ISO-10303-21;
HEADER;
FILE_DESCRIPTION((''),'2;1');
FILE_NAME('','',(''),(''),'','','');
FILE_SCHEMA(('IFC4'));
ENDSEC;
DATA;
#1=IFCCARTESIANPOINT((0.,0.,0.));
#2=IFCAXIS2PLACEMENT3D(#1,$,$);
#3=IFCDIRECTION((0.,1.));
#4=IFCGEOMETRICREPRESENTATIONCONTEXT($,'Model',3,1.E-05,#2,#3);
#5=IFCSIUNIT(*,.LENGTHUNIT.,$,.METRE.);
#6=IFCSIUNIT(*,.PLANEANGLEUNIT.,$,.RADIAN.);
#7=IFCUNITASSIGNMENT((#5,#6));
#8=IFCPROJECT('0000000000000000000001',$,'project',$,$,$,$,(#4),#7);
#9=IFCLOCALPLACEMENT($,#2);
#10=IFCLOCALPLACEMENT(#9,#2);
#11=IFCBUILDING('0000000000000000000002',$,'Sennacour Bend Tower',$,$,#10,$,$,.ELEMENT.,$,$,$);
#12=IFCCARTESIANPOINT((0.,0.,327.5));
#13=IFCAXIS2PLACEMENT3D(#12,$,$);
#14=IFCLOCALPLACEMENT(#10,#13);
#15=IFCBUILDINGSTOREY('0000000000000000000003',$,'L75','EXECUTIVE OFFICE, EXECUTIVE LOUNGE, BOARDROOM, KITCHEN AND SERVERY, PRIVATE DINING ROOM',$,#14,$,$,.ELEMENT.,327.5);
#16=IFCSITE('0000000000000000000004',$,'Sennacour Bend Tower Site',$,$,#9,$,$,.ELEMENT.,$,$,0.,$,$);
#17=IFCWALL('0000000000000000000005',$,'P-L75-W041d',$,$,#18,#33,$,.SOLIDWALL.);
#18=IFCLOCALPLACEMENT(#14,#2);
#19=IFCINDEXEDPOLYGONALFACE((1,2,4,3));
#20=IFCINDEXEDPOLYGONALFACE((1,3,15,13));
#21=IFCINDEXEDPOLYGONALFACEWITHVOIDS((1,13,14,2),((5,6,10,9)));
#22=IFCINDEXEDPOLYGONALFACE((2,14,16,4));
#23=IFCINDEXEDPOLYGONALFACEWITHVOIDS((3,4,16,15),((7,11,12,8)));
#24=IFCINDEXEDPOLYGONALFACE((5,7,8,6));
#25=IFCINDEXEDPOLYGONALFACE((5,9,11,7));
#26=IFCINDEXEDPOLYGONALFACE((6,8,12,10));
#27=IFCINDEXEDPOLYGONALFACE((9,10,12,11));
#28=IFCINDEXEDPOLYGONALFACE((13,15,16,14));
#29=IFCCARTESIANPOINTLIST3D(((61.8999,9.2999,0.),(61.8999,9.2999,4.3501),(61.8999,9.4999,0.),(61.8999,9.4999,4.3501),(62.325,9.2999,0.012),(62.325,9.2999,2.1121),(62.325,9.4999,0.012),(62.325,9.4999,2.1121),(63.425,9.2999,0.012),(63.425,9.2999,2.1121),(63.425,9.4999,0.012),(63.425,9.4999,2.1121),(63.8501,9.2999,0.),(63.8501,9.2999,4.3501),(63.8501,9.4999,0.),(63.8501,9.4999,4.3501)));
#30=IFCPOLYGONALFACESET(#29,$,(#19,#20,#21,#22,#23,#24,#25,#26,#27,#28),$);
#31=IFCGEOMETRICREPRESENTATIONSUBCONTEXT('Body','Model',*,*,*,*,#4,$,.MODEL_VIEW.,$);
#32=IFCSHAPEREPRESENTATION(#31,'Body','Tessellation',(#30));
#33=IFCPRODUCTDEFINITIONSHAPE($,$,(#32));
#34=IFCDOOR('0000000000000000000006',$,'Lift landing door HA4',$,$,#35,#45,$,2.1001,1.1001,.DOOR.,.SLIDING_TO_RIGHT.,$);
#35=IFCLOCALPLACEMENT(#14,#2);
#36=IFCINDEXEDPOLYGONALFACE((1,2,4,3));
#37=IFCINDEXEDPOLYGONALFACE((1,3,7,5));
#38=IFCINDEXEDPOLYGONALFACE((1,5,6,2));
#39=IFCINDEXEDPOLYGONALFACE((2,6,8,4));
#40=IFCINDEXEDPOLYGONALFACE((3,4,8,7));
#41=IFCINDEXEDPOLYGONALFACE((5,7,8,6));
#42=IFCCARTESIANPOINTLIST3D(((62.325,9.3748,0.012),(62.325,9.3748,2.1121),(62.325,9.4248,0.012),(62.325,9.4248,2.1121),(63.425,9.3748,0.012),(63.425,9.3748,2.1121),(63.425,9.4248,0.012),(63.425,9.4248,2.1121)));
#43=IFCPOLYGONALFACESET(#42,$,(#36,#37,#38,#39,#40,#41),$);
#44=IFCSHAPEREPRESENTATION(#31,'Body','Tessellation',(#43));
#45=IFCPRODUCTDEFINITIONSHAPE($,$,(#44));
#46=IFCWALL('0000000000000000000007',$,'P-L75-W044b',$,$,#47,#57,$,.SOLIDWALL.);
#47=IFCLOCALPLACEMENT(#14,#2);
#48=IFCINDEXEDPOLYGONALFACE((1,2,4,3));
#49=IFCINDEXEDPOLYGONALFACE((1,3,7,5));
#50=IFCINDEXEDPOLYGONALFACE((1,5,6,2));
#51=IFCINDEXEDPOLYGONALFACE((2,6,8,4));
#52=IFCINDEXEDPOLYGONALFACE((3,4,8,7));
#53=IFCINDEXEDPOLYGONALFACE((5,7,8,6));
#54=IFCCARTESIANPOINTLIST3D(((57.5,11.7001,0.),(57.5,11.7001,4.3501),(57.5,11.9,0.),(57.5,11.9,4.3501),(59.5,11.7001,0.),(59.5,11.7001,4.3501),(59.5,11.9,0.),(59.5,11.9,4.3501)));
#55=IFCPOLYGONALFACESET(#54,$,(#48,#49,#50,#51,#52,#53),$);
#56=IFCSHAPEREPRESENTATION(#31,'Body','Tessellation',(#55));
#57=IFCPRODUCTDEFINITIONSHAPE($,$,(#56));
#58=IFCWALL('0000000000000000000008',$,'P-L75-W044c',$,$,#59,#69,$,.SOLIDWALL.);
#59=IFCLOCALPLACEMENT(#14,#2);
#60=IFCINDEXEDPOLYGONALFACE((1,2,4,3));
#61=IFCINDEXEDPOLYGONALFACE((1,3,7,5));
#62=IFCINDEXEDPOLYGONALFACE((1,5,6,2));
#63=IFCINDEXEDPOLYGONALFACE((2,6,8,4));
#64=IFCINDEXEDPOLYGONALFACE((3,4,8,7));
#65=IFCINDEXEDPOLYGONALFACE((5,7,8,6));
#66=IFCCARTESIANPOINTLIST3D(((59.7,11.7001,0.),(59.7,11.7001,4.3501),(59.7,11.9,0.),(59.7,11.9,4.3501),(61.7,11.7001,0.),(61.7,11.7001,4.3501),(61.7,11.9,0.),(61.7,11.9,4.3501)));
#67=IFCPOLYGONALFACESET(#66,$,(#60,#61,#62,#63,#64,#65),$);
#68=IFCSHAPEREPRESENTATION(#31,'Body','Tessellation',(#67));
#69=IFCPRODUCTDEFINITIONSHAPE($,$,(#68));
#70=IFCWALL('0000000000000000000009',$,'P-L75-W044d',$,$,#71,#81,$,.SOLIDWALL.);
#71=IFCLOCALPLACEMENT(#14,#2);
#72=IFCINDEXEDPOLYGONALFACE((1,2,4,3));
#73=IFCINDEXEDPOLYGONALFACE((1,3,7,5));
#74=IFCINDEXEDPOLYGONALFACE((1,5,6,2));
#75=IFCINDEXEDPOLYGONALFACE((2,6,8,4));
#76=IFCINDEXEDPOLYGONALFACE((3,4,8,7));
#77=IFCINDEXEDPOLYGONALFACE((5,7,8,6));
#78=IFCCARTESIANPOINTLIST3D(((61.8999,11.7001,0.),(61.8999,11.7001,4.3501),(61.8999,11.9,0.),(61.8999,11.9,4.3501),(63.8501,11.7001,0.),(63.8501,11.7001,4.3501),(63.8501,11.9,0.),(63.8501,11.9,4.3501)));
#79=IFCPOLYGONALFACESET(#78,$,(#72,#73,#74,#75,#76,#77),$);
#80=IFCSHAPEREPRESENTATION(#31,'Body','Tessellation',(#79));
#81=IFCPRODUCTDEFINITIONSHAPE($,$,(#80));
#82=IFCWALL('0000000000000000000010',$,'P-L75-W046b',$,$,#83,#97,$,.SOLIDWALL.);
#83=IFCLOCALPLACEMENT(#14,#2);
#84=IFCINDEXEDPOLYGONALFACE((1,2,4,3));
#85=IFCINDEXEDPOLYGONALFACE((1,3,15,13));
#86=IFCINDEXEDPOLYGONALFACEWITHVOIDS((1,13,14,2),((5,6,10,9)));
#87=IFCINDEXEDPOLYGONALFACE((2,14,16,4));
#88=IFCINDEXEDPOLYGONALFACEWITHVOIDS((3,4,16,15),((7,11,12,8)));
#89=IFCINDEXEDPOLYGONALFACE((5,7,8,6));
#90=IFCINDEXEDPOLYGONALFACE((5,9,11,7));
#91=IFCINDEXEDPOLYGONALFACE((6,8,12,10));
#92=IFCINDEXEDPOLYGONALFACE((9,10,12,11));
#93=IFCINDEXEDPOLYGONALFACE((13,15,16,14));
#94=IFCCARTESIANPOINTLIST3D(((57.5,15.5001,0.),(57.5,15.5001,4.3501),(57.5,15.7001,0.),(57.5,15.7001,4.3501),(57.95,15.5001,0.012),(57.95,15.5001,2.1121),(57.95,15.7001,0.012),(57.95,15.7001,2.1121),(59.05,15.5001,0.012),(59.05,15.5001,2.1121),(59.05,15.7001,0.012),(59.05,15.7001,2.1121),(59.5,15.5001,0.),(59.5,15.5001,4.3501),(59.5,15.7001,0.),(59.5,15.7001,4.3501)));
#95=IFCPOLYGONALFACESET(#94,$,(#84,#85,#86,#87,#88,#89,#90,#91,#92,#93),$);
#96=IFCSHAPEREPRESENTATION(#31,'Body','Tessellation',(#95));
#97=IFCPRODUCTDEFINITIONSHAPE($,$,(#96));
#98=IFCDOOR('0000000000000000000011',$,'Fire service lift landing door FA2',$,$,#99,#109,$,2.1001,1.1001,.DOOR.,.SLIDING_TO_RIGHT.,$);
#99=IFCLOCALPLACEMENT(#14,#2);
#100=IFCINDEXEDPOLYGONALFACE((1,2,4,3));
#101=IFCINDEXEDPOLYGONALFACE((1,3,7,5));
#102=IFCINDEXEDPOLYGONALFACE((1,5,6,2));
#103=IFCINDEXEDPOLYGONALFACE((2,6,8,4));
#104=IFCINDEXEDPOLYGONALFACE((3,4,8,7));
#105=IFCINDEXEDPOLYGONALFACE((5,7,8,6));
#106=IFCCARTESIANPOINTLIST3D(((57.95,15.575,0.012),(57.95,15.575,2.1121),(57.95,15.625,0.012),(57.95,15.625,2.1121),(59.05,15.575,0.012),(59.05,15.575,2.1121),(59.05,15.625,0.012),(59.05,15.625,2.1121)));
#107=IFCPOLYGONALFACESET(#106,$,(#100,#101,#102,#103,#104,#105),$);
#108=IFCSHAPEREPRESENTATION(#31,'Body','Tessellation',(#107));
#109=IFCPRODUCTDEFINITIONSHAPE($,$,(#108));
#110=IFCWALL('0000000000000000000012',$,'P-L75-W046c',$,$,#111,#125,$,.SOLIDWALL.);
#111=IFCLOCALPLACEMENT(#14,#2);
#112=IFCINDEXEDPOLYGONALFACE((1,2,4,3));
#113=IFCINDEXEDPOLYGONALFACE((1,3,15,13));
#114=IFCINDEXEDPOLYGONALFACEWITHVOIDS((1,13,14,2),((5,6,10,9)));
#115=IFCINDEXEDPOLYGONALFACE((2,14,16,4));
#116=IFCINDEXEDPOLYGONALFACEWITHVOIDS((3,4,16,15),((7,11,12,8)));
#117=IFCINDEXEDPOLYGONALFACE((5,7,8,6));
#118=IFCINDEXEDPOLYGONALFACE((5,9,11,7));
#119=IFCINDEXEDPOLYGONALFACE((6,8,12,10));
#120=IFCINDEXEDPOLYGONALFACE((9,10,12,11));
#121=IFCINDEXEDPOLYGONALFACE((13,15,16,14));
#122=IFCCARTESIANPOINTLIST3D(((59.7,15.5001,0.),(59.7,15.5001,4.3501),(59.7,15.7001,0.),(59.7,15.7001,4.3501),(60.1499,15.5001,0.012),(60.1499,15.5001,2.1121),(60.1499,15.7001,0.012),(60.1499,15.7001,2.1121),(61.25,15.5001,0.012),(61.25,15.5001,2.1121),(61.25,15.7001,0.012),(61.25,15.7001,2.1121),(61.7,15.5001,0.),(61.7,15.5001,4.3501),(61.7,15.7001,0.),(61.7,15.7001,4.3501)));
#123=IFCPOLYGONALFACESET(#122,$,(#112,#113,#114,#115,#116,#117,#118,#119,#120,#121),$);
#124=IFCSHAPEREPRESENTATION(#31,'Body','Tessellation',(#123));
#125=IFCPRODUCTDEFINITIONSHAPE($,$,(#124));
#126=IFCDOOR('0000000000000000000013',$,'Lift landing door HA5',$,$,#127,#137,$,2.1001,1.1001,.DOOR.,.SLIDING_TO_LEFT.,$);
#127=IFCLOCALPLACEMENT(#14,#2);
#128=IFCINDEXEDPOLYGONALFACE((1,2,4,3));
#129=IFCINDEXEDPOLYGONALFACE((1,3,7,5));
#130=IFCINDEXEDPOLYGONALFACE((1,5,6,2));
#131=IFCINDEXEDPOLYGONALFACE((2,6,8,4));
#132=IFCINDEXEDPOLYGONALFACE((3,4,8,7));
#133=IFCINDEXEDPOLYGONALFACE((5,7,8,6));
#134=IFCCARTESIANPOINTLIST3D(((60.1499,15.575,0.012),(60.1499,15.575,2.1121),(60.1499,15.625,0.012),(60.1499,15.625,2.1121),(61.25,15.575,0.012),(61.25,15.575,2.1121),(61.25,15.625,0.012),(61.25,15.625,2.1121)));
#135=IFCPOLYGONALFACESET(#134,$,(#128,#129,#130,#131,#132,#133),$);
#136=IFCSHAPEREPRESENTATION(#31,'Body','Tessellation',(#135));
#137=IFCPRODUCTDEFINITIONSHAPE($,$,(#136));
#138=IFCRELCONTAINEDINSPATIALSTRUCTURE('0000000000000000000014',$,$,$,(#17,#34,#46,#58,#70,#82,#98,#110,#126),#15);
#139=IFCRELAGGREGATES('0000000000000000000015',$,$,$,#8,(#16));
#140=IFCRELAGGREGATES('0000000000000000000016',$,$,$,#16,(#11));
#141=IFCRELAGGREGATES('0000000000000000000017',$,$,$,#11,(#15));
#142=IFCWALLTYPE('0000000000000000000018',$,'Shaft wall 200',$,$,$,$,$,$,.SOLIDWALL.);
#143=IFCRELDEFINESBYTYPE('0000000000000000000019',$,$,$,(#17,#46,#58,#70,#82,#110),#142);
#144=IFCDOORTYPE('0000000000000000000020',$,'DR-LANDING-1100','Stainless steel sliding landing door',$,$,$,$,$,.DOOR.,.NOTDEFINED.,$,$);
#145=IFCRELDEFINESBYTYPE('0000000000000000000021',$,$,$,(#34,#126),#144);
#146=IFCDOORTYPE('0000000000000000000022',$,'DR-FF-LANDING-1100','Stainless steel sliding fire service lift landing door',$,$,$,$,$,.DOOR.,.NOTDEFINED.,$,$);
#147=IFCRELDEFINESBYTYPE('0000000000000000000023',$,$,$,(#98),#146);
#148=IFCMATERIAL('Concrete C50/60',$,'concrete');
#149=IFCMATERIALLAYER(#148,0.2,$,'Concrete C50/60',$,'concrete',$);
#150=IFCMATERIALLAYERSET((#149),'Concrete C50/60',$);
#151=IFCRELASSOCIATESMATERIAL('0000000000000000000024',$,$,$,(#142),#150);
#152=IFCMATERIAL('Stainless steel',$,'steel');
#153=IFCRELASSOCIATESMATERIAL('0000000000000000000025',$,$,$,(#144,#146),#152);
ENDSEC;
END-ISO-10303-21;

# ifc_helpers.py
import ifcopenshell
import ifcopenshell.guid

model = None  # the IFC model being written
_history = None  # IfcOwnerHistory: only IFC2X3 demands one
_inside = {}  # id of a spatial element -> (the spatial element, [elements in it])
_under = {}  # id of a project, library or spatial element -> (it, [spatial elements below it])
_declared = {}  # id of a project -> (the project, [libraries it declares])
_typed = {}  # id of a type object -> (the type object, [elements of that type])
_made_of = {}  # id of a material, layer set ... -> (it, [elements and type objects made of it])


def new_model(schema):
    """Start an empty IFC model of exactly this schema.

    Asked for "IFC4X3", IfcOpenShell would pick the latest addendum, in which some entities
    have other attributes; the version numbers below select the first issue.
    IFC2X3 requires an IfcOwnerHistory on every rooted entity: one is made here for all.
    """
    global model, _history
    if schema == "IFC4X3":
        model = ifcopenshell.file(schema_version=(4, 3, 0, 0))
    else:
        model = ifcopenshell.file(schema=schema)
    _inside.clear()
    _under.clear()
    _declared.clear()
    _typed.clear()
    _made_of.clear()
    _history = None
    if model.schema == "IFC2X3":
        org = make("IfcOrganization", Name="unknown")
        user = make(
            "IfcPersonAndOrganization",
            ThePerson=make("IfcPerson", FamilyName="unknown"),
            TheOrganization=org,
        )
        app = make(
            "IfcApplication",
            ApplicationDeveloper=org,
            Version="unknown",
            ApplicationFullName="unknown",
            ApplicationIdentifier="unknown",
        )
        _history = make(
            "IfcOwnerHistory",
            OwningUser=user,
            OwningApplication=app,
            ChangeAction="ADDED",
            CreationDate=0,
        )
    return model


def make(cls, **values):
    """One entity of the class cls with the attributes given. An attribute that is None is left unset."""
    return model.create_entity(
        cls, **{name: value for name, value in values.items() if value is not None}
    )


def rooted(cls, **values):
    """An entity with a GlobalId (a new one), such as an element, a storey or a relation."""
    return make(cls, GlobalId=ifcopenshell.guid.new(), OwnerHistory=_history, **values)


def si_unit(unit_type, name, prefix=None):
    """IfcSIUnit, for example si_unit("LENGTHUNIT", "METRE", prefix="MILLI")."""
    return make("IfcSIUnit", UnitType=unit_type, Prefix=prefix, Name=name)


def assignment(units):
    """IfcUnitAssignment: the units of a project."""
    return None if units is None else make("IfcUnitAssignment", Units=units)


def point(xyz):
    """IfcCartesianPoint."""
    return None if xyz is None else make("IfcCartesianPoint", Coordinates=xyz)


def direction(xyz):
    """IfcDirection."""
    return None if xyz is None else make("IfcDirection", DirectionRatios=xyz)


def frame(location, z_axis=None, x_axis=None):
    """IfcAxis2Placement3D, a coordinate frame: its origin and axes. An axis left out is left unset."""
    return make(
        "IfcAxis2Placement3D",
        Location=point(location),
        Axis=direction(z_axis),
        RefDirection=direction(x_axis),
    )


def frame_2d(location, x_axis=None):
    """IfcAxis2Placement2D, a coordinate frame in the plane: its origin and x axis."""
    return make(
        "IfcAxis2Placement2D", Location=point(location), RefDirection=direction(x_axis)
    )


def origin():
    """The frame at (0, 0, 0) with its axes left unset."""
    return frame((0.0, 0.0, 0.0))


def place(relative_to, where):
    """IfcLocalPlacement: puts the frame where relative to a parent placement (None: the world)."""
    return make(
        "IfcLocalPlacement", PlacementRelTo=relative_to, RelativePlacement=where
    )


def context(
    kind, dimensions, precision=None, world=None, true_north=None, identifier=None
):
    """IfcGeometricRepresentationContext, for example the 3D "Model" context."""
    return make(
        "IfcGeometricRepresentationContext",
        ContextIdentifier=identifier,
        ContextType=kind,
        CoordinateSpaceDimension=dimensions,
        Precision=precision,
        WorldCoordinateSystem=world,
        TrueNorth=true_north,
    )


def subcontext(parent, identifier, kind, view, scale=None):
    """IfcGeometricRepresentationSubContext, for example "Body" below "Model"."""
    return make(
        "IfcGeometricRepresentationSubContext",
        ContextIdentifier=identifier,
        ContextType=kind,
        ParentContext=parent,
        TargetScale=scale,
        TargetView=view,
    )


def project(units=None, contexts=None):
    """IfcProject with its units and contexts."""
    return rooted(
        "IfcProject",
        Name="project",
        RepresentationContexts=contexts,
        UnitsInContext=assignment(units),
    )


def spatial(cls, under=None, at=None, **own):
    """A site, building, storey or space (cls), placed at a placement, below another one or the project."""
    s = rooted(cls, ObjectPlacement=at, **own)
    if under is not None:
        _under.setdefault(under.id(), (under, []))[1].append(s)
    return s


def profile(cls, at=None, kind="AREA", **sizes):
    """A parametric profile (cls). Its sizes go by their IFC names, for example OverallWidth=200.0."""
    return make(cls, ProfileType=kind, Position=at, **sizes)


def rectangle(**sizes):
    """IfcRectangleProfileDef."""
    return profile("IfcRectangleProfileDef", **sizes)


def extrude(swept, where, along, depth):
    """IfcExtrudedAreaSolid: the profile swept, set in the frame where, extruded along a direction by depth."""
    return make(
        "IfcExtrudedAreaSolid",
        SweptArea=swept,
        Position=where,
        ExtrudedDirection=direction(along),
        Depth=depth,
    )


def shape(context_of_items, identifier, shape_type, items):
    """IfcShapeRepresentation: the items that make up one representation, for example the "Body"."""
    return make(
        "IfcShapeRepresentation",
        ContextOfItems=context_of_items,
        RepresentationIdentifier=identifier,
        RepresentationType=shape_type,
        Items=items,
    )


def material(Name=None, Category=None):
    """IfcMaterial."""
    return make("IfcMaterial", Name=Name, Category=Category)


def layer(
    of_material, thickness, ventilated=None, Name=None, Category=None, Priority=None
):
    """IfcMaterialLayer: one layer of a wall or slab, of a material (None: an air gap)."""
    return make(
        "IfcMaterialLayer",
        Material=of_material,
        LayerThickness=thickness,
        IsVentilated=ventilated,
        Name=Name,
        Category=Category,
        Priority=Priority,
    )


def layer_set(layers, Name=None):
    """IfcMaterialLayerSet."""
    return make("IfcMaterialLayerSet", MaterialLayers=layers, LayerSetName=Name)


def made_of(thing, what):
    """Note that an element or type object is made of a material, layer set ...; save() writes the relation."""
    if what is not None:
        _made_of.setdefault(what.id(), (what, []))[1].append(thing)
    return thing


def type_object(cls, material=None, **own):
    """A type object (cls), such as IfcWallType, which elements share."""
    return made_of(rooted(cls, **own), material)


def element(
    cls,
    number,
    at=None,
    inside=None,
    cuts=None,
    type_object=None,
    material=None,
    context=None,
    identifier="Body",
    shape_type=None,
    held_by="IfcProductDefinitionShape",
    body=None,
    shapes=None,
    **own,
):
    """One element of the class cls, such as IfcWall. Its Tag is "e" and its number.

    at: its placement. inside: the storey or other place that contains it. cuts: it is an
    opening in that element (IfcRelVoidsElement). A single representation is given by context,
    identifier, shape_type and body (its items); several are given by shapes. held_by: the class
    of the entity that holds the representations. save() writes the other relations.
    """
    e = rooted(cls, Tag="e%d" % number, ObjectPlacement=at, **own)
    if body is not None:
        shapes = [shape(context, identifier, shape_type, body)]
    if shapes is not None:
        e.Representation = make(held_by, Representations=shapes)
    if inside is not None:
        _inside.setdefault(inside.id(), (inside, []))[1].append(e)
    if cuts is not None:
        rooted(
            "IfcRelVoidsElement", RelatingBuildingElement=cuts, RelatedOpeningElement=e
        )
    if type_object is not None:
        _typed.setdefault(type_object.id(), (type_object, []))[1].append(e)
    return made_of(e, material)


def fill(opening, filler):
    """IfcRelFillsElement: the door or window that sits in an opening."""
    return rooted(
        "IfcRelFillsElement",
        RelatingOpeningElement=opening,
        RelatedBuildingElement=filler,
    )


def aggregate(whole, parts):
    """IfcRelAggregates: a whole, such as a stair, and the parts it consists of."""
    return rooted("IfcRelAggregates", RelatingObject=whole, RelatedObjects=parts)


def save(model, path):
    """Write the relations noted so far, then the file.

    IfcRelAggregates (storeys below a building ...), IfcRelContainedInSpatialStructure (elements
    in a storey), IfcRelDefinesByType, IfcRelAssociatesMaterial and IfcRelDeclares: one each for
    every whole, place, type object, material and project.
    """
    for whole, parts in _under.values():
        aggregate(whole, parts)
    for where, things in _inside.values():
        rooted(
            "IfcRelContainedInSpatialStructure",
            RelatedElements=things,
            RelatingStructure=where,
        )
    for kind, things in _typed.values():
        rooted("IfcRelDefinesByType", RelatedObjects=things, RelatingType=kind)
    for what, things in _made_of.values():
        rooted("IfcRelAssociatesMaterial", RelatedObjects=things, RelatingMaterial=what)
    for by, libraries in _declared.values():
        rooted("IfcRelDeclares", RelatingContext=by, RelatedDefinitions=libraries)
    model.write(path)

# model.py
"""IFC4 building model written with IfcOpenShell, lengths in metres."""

from ifc_helpers import new_model, si_unit, direction, frame, frame_2d, origin, place, context, subcontext, project, spatial, rectangle, extrude, material, layer, layer_set, type_object, element, fill, save


model = new_model("IFC4")

# Units and contexts
model_context = context("Model", 3, precision=1e-05, world=origin(), true_north=direction((0.0, 1.0)))
body_context = subcontext(model_context, "Body", "Model", "MODEL_VIEW")
ifc_project = project(units=[si_unit("LENGTHUNIT", "METRE"), si_unit("PLANEANGLEUNIT", "RADIAN")], contexts=[model_context])

# Site, building, storey
site_placement = place(None, origin())
site = spatial("IfcSite", under=ifc_project, at=site_placement, Name="Sennacour Bend Tower Site", CompositionType="ELEMENT", RefElevation=0.0)
building_placement = place(site_placement, origin())
building = spatial("IfcBuilding", under=site, at=building_placement, Name="Sennacour Bend Tower", CompositionType="ELEMENT")
storey_placement = place(building_placement, frame((0.0, 0.0, 327.5)))
storey = spatial("IfcBuildingStorey", under=building, at=storey_placement, Name="L75", Description="EXECUTIVE OFFICE, EXECUTIVE LOUNGE, BOARDROOM, KITCHEN AND SERVERY, PRIVATE DINING ROOM", CompositionType="ELEMENT", Elevation=327.5)

# Shared definitions
ifc_material_1 = material(Name="Concrete C50/60", Category="concrete")
ifc_layer_1 = layer(ifc_material_1, 0.2, Name="Concrete C50/60", Category="concrete")
ifc_layer_set_1 = layer_set([ifc_layer_1], Name="Concrete C50/60")
wall_type_1 = type_object("IfcWallType", Name="Shaft wall 200", PredefinedType="SOLIDWALL", material=ifc_layer_set_1)

# Wall, opening, door
wall_1_placement = place(storey_placement, frame((61.8999, 9.3999, 0.0), z_axis=(0.0, 0.0, 1.0), x_axis=(1.0, 0.0, 0.0)))
wall_1 = element("IfcWall", 1, at=wall_1_placement, inside=storey, type_object=wall_type_1, Name="P-L75-W041d", PredefinedType="SOLIDWALL", context=body_context, shape_type="SweptSolid", body=[
    extrude(rectangle(XDim=1.9502, YDim=0.2, at=frame_2d((0.9751, 0.0))), origin(), (0.0, 0.0, 1.0), 4.3501),
])
opening_1_placement = place(wall_1_placement, frame((0.425, 0.0, 0.012)))
opening_1 = element("IfcOpeningElement", 2, at=opening_1_placement, cuts=wall_1, PredefinedType="OPENING", context=body_context, shape_type="SweptSolid", body=[
    extrude(rectangle(XDim=1.1001, YDim=2.1001, at=frame_2d((0.55, 1.05))), frame((0.0, 0.1099, 0.0), z_axis=(0.0, -1.0, 0.0), x_axis=(1.0, 0.0, 0.0)), (0.0, 0.0, 1.0), 0.22),
])
ifc_material_2 = material(Name="Stainless steel", Category="steel")
door_type_1 = type_object("IfcDoorType", Name="DR-LANDING-1100", Description="Stainless steel sliding landing door", OperationType="NOTDEFINED", PredefinedType="DOOR", material=ifc_material_2)
door_1_placement = place(opening_1_placement, origin())
door_1 = element("IfcDoor", 3, at=door_1_placement, inside=storey, type_object=door_type_1, Name="Lift landing door HA4", OperationType="SLIDING_TO_RIGHT", OverallHeight=2.1001, OverallWidth=1.1001, PredefinedType="DOOR", context=body_context, shape_type="SweptSolid", body=[
    extrude(rectangle(XDim=1.1001, YDim=2.1001, at=frame_2d((0.55, 1.05))), frame((0.0, 0.0249, 0.0), z_axis=(0.0, -1.0, 0.0), x_axis=(1.0, 0.0, 0.0)), (0.0, 0.0, 1.0), 0.05),
])
fill(opening_1, door_1)

# Walls
for number, where, z_axis, x_axis, name in (
    (4, (57.5, 11.8, 0.0), (0.0, 0.0, 1.0), (1.0, 0.0, 0.0), "P-L75-W044b"),
    (5, (59.7, 11.8, 0.0), (0.0, 0.0, 1.0), (1.0, 0.0, 0.0), "P-L75-W044c"),
):
    element("IfcWall", number, at=place(storey_placement, frame(where, z_axis=z_axis, x_axis=x_axis)), inside=storey, type_object=wall_type_1, Name=name, PredefinedType="SOLIDWALL", context=body_context, shape_type="SweptSolid", body=[
        extrude(rectangle(XDim=2.0, YDim=0.2, at=frame_2d((1.0, 0.0))), origin(), (0.0, 0.0, 1.0), 4.3501),
    ])
wall_2_placement = place(storey_placement, frame((61.8999, 11.8, 0.0), z_axis=(0.0, 0.0, 1.0), x_axis=(1.0, 0.0, 0.0)))
element("IfcWall", 6, at=wall_2_placement, inside=storey, type_object=wall_type_1, Name="P-L75-W044d", PredefinedType="SOLIDWALL", context=body_context, shape_type="SweptSolid", body=[
    extrude(rectangle(XDim=1.9502, YDim=0.2, at=frame_2d((0.9751, 0.0))), origin(), (0.0, 0.0, 1.0), 4.3501),
])

# Walls, openings, doors
wall_3_placement = place(storey_placement, frame((57.5, 15.6001, 0.0), z_axis=(0.0, 0.0, 1.0), x_axis=(1.0, 0.0, 0.0)))
wall_3 = element("IfcWall", 7, at=wall_3_placement, inside=storey, type_object=wall_type_1, Name="P-L75-W046b", PredefinedType="SOLIDWALL", context=body_context, shape_type="SweptSolid", body=[
    extrude(rectangle(XDim=2.0, YDim=0.2, at=frame_2d((1.0, 0.0))), origin(), (0.0, 0.0, 1.0), 4.3501),
])
opening_2_placement = place(wall_3_placement, frame((0.45, 0.0, 0.012)))
opening_2 = element("IfcOpeningElement", 8, at=opening_2_placement, cuts=wall_3, PredefinedType="OPENING", context=body_context, shape_type="SweptSolid", body=[
    extrude(rectangle(XDim=1.1001, YDim=2.1001, at=frame_2d((0.55, 1.05))), frame((0.0, 0.1099, 0.0), z_axis=(0.0, -1.0, 0.0), x_axis=(1.0, 0.0, 0.0)), (0.0, 0.0, 1.0), 0.22),
])
door_type_2 = type_object("IfcDoorType", Name="DR-FF-LANDING-1100", Description="Stainless steel sliding fire service lift landing door", OperationType="NOTDEFINED", PredefinedType="DOOR", material=ifc_material_2)
door_2_placement = place(opening_2_placement, origin())
door_2 = element("IfcDoor", 9, at=door_2_placement, inside=storey, type_object=door_type_2, Name="Fire service lift landing door FA2", OperationType="SLIDING_TO_RIGHT", OverallHeight=2.1001, OverallWidth=1.1001, PredefinedType="DOOR", context=body_context, shape_type="SweptSolid", body=[
    extrude(rectangle(XDim=1.1001, YDim=2.1001, at=frame_2d((0.55, 1.05))), frame((0.0, 0.0249, 0.0), z_axis=(0.0, -1.0, 0.0), x_axis=(1.0, 0.0, 0.0)), (0.0, 0.0, 1.0), 0.05),
])
fill(opening_2, door_2)
wall_4_placement = place(storey_placement, frame((59.7, 15.6001, 0.0), z_axis=(0.0, 0.0, 1.0), x_axis=(1.0, 0.0, 0.0)))
wall_4 = element("IfcWall", 10, at=wall_4_placement, inside=storey, type_object=wall_type_1, Name="P-L75-W046c", PredefinedType="SOLIDWALL", context=body_context, shape_type="SweptSolid", body=[
    extrude(rectangle(XDim=2.0, YDim=0.2, at=frame_2d((1.0, 0.0))), origin(), (0.0, 0.0, 1.0), 4.3501),
])
opening_3_placement = place(wall_4_placement, frame((0.45, 0.0, 0.012)))
opening_3 = element("IfcOpeningElement", 11, at=opening_3_placement, cuts=wall_4, PredefinedType="OPENING", context=body_context, shape_type="SweptSolid", body=[
    extrude(rectangle(XDim=1.1001, YDim=2.1001, at=frame_2d((0.55, 1.05))), frame((0.0, 0.1099, 0.0), z_axis=(0.0, -1.0, 0.0), x_axis=(1.0, 0.0, 0.0)), (0.0, 0.0, 1.0), 0.22),
])
door_3_placement = place(opening_3_placement, origin())
door_3 = element("IfcDoor", 12, at=door_3_placement, inside=storey, type_object=door_type_1, Name="Lift landing door HA5", OperationType="SLIDING_TO_LEFT", OverallHeight=2.1001, OverallWidth=1.1001, PredefinedType="DOOR", context=body_context, shape_type="SweptSolid", body=[
    extrude(rectangle(XDim=1.1001, YDim=2.1001, at=frame_2d((0.55, 1.05))), frame((0.0, 0.0249, 0.0), z_axis=(0.0, -1.0, 0.0), x_axis=(1.0, 0.0, 0.0)), (0.0, 0.0, 1.0), 0.05),
])
fill(opening_3, door_3)

save(model, "model.ifc")
